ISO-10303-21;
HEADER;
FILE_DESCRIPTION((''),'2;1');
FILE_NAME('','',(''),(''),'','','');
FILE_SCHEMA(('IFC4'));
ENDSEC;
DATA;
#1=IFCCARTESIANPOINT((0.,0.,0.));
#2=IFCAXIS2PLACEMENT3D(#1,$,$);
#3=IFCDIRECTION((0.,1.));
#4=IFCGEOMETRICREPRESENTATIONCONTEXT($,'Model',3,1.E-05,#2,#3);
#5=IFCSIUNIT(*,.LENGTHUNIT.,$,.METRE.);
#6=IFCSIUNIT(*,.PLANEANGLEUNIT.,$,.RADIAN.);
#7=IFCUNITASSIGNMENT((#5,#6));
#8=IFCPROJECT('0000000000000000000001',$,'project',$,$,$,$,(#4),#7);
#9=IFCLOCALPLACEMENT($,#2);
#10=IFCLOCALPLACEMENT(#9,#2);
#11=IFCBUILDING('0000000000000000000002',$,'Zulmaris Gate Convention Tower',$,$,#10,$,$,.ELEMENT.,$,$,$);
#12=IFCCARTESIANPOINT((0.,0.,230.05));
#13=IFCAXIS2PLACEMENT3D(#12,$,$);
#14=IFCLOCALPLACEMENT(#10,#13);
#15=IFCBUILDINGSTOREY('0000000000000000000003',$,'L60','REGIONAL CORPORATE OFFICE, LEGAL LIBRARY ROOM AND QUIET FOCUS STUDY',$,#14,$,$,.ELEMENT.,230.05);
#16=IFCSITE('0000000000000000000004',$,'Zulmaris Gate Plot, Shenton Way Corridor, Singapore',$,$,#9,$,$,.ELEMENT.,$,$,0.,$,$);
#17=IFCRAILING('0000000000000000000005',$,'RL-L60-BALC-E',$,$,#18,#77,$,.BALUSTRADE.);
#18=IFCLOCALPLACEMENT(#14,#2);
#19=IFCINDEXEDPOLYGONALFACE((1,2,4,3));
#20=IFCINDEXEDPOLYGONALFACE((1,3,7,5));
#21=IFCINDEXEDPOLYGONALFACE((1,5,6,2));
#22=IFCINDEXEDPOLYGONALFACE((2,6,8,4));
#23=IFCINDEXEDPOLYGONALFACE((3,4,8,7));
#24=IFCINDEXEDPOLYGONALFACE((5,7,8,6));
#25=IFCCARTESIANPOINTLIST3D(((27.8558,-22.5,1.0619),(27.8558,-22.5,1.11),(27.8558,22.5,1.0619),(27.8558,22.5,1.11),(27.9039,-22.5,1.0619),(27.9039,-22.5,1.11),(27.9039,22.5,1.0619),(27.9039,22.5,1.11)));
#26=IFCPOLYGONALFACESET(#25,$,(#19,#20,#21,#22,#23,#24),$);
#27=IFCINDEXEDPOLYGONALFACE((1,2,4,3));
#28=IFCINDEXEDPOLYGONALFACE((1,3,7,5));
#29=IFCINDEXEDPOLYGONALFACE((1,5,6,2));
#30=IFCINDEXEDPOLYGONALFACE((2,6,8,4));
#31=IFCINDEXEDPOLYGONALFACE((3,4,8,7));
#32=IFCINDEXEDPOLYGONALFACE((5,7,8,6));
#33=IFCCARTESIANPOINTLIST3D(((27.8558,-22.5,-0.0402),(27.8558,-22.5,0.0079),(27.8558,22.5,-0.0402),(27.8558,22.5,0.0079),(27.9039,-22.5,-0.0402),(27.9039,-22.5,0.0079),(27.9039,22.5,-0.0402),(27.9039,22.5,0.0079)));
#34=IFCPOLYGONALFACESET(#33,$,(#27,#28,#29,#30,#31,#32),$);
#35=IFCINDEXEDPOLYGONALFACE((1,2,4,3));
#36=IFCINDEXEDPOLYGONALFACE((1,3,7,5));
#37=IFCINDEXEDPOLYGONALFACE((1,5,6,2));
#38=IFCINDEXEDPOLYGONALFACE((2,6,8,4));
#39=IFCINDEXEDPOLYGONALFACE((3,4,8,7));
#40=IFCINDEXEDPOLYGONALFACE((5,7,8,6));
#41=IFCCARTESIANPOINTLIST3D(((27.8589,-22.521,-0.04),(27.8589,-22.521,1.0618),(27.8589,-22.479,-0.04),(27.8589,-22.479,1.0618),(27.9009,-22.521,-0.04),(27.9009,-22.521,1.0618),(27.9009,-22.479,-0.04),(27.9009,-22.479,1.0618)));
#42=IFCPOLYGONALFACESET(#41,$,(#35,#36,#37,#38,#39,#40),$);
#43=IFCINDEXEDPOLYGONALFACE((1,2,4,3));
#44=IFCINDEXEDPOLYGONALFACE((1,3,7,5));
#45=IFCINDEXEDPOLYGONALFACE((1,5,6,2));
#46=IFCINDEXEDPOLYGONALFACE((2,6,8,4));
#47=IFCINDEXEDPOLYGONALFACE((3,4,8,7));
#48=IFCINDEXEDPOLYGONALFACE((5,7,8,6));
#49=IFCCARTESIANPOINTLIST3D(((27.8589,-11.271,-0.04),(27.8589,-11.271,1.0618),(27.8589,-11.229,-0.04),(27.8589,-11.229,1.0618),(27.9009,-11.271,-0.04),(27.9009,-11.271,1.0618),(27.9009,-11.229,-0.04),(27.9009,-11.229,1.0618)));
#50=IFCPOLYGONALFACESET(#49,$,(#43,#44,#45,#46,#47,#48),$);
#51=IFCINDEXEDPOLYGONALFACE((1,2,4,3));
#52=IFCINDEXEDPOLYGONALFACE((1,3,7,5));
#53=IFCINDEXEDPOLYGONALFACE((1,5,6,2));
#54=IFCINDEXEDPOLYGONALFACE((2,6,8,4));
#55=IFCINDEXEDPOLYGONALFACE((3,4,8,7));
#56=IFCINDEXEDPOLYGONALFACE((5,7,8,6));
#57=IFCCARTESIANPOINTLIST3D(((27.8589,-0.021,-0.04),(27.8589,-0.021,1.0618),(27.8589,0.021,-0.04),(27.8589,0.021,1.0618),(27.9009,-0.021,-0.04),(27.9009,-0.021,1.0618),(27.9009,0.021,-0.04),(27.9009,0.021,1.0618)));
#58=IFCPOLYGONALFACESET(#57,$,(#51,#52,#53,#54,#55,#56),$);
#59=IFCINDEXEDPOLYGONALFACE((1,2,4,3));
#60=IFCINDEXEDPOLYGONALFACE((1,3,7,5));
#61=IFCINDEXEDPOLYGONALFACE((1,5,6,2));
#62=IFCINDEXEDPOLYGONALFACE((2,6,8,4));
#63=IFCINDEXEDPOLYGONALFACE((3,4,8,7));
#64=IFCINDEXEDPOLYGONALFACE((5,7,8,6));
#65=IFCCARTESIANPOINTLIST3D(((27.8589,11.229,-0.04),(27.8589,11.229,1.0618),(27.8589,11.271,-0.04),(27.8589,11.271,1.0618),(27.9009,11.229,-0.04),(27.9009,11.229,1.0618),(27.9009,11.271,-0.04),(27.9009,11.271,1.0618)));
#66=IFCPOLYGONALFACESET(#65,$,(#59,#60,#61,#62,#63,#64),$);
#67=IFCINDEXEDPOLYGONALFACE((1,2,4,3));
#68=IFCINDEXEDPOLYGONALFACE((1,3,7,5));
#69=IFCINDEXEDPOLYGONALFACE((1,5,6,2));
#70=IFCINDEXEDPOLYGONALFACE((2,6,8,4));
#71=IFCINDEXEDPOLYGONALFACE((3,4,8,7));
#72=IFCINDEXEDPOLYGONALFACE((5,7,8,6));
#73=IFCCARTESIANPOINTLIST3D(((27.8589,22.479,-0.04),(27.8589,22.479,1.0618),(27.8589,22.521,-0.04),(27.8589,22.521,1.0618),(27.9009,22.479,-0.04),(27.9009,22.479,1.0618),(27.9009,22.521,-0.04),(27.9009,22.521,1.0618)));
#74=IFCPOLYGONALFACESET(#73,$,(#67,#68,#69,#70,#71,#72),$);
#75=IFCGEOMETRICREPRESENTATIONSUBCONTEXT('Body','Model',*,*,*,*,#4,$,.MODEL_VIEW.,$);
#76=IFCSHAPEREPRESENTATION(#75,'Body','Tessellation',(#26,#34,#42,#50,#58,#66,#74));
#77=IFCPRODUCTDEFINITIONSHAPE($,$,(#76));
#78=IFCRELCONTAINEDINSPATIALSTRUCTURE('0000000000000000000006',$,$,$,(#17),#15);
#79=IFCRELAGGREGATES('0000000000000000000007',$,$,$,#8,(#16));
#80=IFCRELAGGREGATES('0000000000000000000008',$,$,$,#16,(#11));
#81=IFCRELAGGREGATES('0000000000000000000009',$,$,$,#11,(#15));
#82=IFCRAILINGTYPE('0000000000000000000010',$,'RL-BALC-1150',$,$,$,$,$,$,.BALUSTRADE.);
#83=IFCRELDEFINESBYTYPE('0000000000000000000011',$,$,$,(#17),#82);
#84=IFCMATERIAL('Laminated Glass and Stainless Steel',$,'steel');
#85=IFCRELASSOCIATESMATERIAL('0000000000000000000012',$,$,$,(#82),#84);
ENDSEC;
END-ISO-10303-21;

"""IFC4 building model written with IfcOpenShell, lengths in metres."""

from ifc_helpers import new_model, si_unit, direction, frame, origin, origin_2d, place, context, subcontext, project, spatial, rectangle, extrude, material, type_object, element, save


model = new_model("IFC4")

# Units and contexts
model_context = context("Model", 3, precision=1e-05, world=origin(), true_north=direction((0.0, 1.0)))
body_context = subcontext(model_context, "Body", "Model", "MODEL_VIEW")
ifc_project = project(units=[si_unit("LENGTHUNIT", "METRE"), si_unit("PLANEANGLEUNIT", "RADIAN")], contexts=[model_context])

# Site, building, storey
site_placement = place(None, origin())
site = spatial("IfcSite", under=ifc_project, at=site_placement, Name="Zulmaris Gate Plot, Shenton Way Corridor, Singapore", CompositionType="ELEMENT", RefElevation=0.0)
building_placement = place(site_placement, origin())
building = spatial("IfcBuilding", under=site, at=building_placement, Name="Zulmaris Gate Convention Tower", CompositionType="ELEMENT")
storey_placement = place(building_placement, frame((0.0, 0.0, 230.05)))
storey = spatial("IfcBuildingStorey", under=building, at=storey_placement, Name="L60", Description="REGIONAL CORPORATE OFFICE, LEGAL LIBRARY ROOM AND QUIET FOCUS STUDY", CompositionType="ELEMENT", Elevation=230.05)

# Railing
ifc_material_1 = material(Name="Laminated Glass and Stainless Steel", Category="steel")
railing_type = type_object("IfcRailingType", Name="RL-BALC-1150", PredefinedType="BALUSTRADE", material=ifc_material_1)
railing_placement = place(storey_placement, frame((27.8799, -22.5, -0.04)))
element("IfcRailing", 1, at=railing_placement, inside=storey, type_object=railing_type, Name="RL-L60-BALC-E", PredefinedType="BALUSTRADE", context=body_context, shape_type="SweptSolid", body=[
    extrude(rectangle(XDim=0.0481, YDim=0.0481, at=origin_2d()), frame((0.0, 0.0, 1.126), z_axis=(0.0, 1.0, 0.0), x_axis=(-1.0, 0.0, 0.0)), (0.0, 0.0, 1.0), 45.0),
    extrude(rectangle(XDim=0.0481, YDim=0.0481, at=origin_2d()), frame((0.0, 0.0, 0.0239), z_axis=(0.0, 1.0, 0.0), x_axis=(-1.0, 0.0, 0.0)), (0.0, 0.0, 1.0), 45.0),
    extrude(rectangle(XDim=0.042, YDim=0.042, at=origin_2d()), origin(), (0.0, 0.0, 1.0), 1.1018),
    extrude(rectangle(XDim=0.042, YDim=0.042, at=origin_2d()), frame((0.0, 11.25, 0.0)), (0.0, 0.0, 1.0), 1.1018),
    extrude(rectangle(XDim=0.042, YDim=0.042, at=origin_2d()), frame((0.0, 22.5, 0.0)), (0.0, 0.0, 1.0), 1.1018),
    extrude(rectangle(XDim=0.042, YDim=0.042, at=origin_2d()), frame((0.0, 33.75, 0.0)), (0.0, 0.0, 1.0), 1.1018),
    extrude(rectangle(XDim=0.042, YDim=0.042, at=origin_2d()), frame((0.0, 45.0, 0.0)), (0.0, 0.0, 1.0), 1.1018),
])

save(model, "model.ifc")
